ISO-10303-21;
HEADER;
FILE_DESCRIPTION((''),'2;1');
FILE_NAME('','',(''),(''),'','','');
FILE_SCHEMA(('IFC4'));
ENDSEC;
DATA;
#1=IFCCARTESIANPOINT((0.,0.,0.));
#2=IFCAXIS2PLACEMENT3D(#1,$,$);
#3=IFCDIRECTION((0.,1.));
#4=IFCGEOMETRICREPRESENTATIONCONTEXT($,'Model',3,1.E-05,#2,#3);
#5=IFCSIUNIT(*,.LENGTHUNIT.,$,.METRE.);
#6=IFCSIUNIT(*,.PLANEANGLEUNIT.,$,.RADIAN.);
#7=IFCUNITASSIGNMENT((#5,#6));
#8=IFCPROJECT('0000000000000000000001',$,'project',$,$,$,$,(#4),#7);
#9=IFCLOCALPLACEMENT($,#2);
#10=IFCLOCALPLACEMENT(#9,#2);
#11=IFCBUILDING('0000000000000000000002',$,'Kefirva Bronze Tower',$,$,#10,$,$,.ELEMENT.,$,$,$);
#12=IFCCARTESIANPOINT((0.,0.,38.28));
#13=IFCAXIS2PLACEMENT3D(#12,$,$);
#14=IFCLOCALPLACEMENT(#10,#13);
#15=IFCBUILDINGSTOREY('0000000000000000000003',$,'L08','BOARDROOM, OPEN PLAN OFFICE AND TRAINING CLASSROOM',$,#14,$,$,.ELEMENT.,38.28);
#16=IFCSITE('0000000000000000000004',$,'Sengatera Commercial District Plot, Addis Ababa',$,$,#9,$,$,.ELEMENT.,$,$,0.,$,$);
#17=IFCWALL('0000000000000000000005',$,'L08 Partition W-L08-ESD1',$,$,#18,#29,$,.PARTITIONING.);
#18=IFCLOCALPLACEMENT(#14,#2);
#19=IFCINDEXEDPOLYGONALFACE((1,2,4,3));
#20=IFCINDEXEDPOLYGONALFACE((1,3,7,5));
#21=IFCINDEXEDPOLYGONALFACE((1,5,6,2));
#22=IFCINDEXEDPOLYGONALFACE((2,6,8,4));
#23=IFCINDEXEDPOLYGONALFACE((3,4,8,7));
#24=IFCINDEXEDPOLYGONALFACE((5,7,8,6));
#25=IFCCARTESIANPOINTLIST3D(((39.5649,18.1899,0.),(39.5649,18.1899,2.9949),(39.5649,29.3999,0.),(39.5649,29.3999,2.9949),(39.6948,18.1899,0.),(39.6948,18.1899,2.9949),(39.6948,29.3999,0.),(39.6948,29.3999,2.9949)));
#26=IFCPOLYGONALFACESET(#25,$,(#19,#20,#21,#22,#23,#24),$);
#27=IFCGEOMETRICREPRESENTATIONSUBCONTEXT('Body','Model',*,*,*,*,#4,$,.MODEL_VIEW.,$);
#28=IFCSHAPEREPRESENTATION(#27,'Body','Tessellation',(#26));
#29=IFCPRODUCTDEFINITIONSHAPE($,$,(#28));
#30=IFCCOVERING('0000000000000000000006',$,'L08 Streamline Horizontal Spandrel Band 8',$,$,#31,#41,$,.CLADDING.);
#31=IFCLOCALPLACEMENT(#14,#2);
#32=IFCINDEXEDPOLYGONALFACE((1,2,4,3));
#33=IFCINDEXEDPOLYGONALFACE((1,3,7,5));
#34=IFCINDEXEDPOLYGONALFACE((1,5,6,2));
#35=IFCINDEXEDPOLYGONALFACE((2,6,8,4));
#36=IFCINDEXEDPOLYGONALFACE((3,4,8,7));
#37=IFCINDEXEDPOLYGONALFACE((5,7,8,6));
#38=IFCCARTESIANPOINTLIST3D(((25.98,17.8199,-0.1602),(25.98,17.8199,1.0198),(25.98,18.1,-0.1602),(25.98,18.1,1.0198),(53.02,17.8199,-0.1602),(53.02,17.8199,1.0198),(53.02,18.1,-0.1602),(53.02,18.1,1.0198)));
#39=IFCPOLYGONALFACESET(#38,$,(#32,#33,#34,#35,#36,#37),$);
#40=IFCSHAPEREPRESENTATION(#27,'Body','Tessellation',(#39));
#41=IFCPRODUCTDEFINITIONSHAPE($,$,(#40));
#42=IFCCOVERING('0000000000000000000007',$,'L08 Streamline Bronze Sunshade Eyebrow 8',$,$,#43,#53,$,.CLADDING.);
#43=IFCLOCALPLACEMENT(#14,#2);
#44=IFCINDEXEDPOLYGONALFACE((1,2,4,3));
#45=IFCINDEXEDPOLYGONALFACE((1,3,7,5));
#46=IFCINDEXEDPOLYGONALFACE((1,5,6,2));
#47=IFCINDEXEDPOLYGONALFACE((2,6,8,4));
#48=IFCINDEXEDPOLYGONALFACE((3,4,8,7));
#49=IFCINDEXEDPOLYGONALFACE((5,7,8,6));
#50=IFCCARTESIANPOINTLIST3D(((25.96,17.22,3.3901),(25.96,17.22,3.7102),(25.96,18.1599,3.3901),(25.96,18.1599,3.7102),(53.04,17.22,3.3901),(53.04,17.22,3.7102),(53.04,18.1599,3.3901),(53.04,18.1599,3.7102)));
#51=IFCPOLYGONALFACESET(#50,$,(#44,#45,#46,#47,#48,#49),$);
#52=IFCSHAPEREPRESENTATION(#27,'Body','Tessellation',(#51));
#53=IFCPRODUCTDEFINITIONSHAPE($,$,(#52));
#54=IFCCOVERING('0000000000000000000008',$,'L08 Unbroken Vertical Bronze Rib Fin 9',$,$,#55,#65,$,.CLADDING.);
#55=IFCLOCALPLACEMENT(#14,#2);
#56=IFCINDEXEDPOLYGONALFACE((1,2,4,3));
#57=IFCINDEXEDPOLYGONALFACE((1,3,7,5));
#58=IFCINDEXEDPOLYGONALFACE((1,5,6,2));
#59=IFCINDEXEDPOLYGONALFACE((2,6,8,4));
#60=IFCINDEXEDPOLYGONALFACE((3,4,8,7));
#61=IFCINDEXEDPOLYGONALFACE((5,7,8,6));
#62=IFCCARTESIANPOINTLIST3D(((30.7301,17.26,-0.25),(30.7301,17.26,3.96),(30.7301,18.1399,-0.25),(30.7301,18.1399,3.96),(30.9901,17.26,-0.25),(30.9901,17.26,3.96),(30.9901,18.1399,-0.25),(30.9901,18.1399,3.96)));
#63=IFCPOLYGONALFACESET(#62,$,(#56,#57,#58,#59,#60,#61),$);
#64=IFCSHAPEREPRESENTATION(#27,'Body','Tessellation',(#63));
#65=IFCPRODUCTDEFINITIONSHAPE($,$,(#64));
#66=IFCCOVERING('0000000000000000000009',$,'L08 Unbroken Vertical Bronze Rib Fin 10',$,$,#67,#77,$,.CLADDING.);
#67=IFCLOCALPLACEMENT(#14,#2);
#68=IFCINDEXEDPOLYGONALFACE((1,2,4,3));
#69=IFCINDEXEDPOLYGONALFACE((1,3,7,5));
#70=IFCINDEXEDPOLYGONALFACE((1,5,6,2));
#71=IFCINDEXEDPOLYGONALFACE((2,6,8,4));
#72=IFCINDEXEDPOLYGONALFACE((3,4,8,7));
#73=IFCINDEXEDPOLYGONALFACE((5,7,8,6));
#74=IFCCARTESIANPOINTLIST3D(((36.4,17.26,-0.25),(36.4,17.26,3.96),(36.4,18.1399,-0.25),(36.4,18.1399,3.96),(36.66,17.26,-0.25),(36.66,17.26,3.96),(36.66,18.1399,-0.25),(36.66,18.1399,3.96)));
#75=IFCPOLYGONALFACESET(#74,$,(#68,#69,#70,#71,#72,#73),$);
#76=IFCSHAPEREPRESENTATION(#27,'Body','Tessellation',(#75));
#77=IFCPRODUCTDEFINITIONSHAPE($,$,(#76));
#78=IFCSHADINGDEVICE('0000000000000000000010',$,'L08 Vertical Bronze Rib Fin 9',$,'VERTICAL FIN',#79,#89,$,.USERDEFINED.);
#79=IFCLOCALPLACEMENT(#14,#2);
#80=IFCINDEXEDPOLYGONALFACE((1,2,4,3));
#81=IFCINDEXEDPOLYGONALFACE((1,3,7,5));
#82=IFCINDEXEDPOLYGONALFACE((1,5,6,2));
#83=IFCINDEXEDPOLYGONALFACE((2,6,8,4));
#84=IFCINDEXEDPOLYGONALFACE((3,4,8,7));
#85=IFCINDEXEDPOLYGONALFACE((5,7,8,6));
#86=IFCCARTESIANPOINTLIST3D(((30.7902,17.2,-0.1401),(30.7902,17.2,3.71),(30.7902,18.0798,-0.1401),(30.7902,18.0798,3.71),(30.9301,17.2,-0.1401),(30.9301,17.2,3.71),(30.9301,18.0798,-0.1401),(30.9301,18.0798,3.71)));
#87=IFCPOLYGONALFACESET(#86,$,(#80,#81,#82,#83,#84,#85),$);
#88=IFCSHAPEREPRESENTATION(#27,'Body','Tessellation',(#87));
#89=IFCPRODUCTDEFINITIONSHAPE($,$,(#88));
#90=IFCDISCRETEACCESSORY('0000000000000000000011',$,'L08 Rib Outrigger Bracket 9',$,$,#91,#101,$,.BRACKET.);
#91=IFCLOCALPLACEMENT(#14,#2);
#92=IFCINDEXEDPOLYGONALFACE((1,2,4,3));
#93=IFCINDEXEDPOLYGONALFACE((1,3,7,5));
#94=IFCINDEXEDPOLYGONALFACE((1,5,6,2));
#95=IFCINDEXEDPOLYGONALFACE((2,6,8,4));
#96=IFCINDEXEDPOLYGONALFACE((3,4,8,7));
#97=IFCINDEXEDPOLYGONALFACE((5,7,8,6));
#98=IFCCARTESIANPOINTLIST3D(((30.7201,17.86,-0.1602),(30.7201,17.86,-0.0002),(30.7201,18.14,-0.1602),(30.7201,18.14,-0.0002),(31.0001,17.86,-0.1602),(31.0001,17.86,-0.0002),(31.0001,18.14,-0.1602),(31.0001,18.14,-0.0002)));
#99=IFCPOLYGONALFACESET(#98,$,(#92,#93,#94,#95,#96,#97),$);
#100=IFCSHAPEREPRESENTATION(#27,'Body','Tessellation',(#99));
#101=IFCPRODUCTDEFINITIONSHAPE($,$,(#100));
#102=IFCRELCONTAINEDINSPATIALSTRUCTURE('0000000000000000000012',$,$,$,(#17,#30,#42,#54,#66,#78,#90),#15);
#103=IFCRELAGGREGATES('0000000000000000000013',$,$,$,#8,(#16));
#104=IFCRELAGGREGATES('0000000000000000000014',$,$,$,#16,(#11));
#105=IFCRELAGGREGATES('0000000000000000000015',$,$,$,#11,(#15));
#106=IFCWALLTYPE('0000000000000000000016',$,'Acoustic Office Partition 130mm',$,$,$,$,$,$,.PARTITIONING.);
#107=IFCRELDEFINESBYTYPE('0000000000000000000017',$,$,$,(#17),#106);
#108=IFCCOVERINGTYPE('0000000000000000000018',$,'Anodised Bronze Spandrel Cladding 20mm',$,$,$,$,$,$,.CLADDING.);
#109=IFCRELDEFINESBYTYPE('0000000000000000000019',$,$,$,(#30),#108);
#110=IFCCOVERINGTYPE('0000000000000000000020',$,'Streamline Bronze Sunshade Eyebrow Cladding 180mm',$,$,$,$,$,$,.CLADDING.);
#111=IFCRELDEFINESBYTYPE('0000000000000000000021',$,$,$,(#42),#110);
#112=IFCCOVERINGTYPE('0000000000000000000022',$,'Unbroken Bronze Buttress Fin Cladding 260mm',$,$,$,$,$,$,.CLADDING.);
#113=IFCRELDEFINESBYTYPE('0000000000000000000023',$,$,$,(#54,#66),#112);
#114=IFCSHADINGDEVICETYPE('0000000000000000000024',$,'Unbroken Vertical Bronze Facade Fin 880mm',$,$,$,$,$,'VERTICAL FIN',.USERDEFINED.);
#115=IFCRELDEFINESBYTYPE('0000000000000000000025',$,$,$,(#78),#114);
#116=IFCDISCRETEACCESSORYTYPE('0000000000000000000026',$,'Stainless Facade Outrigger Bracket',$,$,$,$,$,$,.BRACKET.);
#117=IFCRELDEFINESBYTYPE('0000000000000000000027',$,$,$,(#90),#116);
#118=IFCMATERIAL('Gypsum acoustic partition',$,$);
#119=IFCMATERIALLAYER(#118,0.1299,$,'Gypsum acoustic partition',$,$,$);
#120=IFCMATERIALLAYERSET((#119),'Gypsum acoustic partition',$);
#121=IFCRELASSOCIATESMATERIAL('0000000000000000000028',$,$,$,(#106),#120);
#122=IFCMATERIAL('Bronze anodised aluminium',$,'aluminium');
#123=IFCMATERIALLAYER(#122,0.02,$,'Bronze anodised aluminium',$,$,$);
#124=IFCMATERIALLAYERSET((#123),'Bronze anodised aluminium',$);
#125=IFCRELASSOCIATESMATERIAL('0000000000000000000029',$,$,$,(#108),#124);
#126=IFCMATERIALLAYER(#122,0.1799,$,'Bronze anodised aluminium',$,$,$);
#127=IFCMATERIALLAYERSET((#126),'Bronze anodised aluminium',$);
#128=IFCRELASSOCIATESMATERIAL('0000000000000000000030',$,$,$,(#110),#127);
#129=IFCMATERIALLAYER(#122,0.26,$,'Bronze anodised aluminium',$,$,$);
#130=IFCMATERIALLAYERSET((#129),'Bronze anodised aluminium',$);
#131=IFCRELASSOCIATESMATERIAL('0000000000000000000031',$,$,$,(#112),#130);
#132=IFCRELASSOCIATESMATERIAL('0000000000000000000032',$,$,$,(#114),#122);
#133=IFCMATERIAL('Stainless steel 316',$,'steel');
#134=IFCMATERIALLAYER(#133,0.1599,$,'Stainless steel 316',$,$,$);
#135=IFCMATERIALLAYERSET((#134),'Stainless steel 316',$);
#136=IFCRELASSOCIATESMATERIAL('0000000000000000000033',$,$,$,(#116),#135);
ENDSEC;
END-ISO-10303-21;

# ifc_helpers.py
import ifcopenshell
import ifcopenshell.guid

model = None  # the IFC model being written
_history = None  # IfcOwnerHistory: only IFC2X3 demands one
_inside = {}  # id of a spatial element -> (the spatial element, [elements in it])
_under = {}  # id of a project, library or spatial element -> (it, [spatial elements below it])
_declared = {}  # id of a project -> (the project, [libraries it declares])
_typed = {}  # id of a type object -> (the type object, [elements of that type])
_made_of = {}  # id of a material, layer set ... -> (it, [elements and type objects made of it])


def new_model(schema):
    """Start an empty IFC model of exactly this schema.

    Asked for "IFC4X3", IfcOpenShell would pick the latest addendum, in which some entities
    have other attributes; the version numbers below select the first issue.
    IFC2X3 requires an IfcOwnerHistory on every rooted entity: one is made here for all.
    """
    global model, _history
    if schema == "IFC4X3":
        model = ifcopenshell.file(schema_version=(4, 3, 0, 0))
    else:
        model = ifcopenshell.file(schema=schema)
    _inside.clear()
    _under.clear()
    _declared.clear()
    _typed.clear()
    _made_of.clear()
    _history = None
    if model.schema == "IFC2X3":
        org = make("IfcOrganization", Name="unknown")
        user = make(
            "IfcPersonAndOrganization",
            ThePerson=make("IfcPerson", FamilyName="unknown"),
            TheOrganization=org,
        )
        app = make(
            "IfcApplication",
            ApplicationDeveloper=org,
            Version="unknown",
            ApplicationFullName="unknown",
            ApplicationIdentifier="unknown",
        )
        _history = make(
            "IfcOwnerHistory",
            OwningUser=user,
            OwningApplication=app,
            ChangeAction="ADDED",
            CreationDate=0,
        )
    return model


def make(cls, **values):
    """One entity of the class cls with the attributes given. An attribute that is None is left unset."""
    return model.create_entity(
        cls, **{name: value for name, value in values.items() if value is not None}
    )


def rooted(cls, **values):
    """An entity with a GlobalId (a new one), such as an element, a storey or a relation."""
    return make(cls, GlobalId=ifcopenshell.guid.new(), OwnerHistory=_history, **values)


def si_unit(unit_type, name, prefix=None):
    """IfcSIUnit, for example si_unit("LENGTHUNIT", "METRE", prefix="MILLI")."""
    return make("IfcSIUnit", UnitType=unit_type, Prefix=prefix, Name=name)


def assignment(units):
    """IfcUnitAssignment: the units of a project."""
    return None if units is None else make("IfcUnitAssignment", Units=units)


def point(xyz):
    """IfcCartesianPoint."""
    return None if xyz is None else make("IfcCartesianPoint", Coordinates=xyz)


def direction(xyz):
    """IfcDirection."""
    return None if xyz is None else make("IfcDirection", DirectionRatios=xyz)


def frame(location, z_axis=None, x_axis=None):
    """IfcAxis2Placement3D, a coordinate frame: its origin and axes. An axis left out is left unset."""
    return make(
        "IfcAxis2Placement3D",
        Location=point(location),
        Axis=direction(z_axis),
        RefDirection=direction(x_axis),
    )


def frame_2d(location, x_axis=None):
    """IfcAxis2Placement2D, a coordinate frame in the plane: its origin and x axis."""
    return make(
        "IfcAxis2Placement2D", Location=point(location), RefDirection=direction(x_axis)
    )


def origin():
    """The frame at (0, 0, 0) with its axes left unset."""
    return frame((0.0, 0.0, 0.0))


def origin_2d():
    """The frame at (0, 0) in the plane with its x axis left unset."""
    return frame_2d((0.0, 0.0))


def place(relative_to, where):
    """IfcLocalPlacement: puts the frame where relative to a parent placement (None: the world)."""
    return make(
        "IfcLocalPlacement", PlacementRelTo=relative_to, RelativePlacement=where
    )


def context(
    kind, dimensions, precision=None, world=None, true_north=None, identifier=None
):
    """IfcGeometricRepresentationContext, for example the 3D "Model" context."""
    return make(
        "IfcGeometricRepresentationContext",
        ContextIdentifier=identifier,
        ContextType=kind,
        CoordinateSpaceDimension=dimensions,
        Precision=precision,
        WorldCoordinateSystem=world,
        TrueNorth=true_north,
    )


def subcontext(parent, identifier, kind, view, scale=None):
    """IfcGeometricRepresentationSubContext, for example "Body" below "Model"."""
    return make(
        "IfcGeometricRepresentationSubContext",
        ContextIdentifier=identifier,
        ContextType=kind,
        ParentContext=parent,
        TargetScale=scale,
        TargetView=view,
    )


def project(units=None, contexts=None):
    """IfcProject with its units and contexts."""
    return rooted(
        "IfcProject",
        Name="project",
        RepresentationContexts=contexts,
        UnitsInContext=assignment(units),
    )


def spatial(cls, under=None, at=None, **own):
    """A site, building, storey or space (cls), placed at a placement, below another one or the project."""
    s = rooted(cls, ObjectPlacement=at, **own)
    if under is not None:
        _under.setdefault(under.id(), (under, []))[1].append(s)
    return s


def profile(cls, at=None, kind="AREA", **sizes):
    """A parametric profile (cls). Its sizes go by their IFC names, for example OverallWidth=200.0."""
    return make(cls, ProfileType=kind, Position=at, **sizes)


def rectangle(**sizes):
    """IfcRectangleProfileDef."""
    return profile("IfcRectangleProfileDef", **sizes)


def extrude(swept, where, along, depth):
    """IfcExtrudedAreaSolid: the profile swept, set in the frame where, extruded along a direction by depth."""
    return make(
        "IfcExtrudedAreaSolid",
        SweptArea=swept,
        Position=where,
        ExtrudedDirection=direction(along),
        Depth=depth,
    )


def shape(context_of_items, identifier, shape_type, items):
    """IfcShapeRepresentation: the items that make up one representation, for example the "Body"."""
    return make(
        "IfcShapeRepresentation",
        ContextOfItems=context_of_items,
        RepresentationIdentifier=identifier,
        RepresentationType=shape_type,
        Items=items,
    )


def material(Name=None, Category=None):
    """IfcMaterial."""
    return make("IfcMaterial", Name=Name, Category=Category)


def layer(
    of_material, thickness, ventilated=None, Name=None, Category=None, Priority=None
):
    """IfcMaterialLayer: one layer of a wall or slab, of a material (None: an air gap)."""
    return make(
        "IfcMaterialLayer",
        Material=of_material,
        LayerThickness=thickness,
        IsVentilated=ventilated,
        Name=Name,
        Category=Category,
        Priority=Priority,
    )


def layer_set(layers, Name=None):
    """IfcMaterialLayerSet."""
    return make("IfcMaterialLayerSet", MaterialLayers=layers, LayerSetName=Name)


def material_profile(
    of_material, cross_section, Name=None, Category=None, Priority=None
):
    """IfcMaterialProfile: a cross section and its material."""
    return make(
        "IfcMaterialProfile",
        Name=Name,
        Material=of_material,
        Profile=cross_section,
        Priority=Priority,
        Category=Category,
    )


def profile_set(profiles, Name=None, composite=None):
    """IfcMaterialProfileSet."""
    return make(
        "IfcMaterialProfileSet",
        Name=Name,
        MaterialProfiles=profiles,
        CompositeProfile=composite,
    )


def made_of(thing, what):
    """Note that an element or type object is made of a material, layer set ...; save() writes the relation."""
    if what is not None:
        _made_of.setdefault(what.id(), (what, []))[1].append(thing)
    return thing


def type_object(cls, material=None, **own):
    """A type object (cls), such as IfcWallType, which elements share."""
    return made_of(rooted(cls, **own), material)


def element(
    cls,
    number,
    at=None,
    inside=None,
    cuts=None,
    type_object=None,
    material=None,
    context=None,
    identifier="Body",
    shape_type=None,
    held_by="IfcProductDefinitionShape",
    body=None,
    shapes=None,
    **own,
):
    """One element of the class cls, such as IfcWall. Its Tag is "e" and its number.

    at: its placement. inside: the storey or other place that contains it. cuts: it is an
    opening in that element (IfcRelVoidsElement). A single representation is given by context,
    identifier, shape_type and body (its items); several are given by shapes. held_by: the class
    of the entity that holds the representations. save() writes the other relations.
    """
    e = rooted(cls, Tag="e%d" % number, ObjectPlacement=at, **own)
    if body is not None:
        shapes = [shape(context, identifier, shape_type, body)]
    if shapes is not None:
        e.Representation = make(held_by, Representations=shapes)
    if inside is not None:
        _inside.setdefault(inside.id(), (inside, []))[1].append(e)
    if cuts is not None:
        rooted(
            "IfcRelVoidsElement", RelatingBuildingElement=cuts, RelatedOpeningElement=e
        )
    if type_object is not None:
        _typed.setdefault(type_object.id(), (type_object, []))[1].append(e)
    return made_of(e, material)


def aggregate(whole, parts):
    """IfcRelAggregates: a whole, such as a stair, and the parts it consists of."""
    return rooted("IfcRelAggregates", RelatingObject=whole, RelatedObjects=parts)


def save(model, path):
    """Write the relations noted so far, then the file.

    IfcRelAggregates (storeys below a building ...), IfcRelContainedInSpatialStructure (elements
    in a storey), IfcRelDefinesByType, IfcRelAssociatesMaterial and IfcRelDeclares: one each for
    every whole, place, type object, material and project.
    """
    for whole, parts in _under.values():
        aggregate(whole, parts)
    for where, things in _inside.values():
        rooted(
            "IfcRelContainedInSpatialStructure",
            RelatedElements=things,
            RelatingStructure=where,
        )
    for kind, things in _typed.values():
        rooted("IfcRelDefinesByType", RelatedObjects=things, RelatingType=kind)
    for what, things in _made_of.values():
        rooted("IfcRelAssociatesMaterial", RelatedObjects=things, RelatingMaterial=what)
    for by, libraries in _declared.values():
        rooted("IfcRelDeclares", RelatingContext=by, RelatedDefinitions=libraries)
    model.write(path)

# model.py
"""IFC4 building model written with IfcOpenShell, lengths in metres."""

from ifc_helpers import new_model, si_unit, direction, frame, frame_2d, origin, origin_2d, place, context, subcontext, project, spatial, rectangle, extrude, material, layer, layer_set, material_profile, profile_set, type_object, element, save


model = new_model("IFC4")

# Units and contexts
model_context = context("Model", 3, precision=1e-05, world=origin(), true_north=direction((0.0, 1.0)))
body_context = subcontext(model_context, "Body", "Model", "MODEL_VIEW")
ifc_project = project(units=[si_unit("LENGTHUNIT", "METRE"), si_unit("PLANEANGLEUNIT", "RADIAN")], contexts=[model_context])

# Site, building, storey
site_placement = place(None, origin())
site = spatial("IfcSite", under=ifc_project, at=site_placement, Name="Sengatera Commercial District Plot, Addis Ababa", CompositionType="ELEMENT", RefElevation=0.0)
building_placement = place(site_placement, origin())
building = spatial("IfcBuilding", under=site, at=building_placement, Name="Kefirva Bronze Tower", CompositionType="ELEMENT")
storey_placement = place(building_placement, frame((0.0, 0.0, 38.28)))
storey = spatial("IfcBuildingStorey", under=building, at=storey_placement, Name="L08", Description="BOARDROOM, OPEN PLAN OFFICE AND TRAINING CLASSROOM", CompositionType="ELEMENT", Elevation=38.28)

# Shared definitions
ifc_material_1 = material(Name="Bronze anodised aluminium", Category="aluminium")

# Wall
ifc_material_2 = material(Name="Gypsum acoustic partition")
ifc_layer_1 = layer(ifc_material_2, 0.1299, Name="Gypsum acoustic partition")
ifc_layer_set_1 = layer_set([ifc_layer_1], Name="Gypsum acoustic partition")
wall_type = type_object("IfcWallType", Name="Acoustic Office Partition 130mm", PredefinedType="PARTITIONING", material=ifc_layer_set_1)
wall_placement = place(storey_placement, frame((39.6299, 18.1899, 0.0), z_axis=(0.0, 0.0, 1.0), x_axis=(0.0, 1.0, 0.0)))
element("IfcWall", 1, at=wall_placement, inside=storey, type_object=wall_type, Name="L08 Partition W-L08-ESD1", PredefinedType="PARTITIONING", context=body_context, shape_type="SweptSolid", body=[
    extrude(rectangle(XDim=11.21, YDim=0.1299, at=frame_2d((5.605, 0.0))), origin(), (0.0, 0.0, 1.0), 2.9949),
])

# Coverings
ifc_layer_2 = layer(ifc_material_1, 0.02, Name="Bronze anodised aluminium")
ifc_layer_set_2 = layer_set([ifc_layer_2], Name="Bronze anodised aluminium")
covering_type_1 = type_object("IfcCoveringType", Name="Anodised Bronze Spandrel Cladding 20mm", PredefinedType="CLADDING", material=ifc_layer_set_2)
covering_1_placement = place(storey_placement, frame((39.5, 17.96, -0.1602), z_axis=(0.0, 0.0, 1.0), x_axis=(1.0, 0.0, 0.0)))
element("IfcCovering", 2, at=covering_1_placement, inside=storey, type_object=covering_type_1, Name="L08 Streamline Horizontal Spandrel Band 8", PredefinedType="CLADDING", context=body_context, shape_type="SweptSolid", body=[
    extrude(rectangle(XDim=27.04, YDim=0.28, at=origin_2d()), origin(), (0.0, 0.0, 1.0), 1.1799),
])
ifc_layer_3 = layer(ifc_material_1, 0.1799, Name="Bronze anodised aluminium")
ifc_layer_set_3 = layer_set([ifc_layer_3], Name="Bronze anodised aluminium")
covering_type_2 = type_object("IfcCoveringType", Name="Streamline Bronze Sunshade Eyebrow Cladding 180mm", PredefinedType="CLADDING", material=ifc_layer_set_3)
covering_2_placement = place(storey_placement, frame((39.5, 17.6899, 3.3901), z_axis=(0.0, 0.0, 1.0), x_axis=(1.0, 0.0, 0.0)))
element("IfcCovering", 3, at=covering_2_placement, inside=storey, type_object=covering_type_2, Name="L08 Streamline Bronze Sunshade Eyebrow 8", PredefinedType="CLADDING", context=body_context, shape_type="SweptSolid", body=[
    extrude(rectangle(XDim=27.0801, YDim=0.9399, at=origin_2d()), origin(), (0.0, 0.0, 1.0), 0.3201),
])
ifc_layer_4 = layer(ifc_material_1, 0.26, Name="Bronze anodised aluminium")
ifc_layer_set_4 = layer_set([ifc_layer_4], Name="Bronze anodised aluminium")
covering_type_3 = type_object("IfcCoveringType", Name="Unbroken Bronze Buttress Fin Cladding 260mm", PredefinedType="CLADDING", material=ifc_layer_set_4)
for number, where, z_axis, x_axis, name in (
    (4, (30.8601, 17.7, -0.25), (0.0, 0.0, 1.0), (1.0, 0.0, 0.0), "L08 Unbroken Vertical Bronze Rib Fin 9"),
    (5, (36.53, 17.7, -0.25), (0.0, 0.0, 1.0), (1.0, 0.0, 0.0), "L08 Unbroken Vertical Bronze Rib Fin 10"),
):
    element("IfcCovering", number, at=place(storey_placement, frame(where, z_axis=z_axis, x_axis=x_axis)), inside=storey, type_object=covering_type_3, Name=name, PredefinedType="CLADDING", context=body_context, shape_type="SweptSolid", body=[
        extrude(rectangle(XDim=0.26, YDim=0.8799, at=origin_2d()), origin(), (0.0, 0.0, 1.0), 4.21),
    ])

# Shading device
ifc_material_profile_1 = material_profile(ifc_material_1, rectangle(XDim=0.1399, YDim=0.8799, at=origin_2d()), Name="BRONZE FIN 140x880")
ifc_profile_set_1 = profile_set([ifc_material_profile_1], Name="Bronze anodised aluminium")
shading_device_type = type_object("IfcShadingDeviceType", Name="Unbroken Vertical Bronze Facade Fin 880mm", ElementType="VERTICAL FIN", PredefinedType="USERDEFINED", material=ifc_profile_set_1)
shading_device_placement = place(storey_placement, frame((30.8601, 17.6399, -0.1401), z_axis=(0.0, 0.0, 1.0), x_axis=(1.0, 0.0, 0.0)))
element("IfcShadingDevice", 6, at=shading_device_placement, inside=storey, type_object=shading_device_type, Name="L08 Vertical Bronze Rib Fin 9", ObjectType="VERTICAL FIN", PredefinedType="USERDEFINED", context=body_context, shape_type="SweptSolid", body=[
    extrude(rectangle(XDim=0.1399, YDim=0.8799, at=origin_2d()), origin(), (0.0, 0.0, 1.0), 3.8501),
])

# Discrete accessory
ifc_material_3 = material(Name="Stainless steel 316", Category="steel")
ifc_layer_5 = layer(ifc_material_3, 0.1599, Name="Stainless steel 316")
ifc_layer_set_5 = layer_set([ifc_layer_5], Name="Stainless steel 316")
discrete_accessory_type = type_object("IfcDiscreteAccessoryType", Name="Stainless Facade Outrigger Bracket", PredefinedType="BRACKET", material=ifc_layer_set_5)
discrete_accessory_placement = place(storey_placement, frame((30.8601, 18.0, -0.1602), z_axis=(0.0, 0.0, 1.0), x_axis=(1.0, 0.0, 0.0)))
element("IfcDiscreteAccessory", 7, at=discrete_accessory_placement, inside=storey, type_object=discrete_accessory_type, Name="L08 Rib Outrigger Bracket 9", PredefinedType="BRACKET", context=body_context, shape_type="SweptSolid", body=[
    extrude(rectangle(XDim=0.28, YDim=0.28, at=origin_2d()), origin(), (0.0, 0.0, 1.0), 0.1599),
])

save(model, "model.ifc")
